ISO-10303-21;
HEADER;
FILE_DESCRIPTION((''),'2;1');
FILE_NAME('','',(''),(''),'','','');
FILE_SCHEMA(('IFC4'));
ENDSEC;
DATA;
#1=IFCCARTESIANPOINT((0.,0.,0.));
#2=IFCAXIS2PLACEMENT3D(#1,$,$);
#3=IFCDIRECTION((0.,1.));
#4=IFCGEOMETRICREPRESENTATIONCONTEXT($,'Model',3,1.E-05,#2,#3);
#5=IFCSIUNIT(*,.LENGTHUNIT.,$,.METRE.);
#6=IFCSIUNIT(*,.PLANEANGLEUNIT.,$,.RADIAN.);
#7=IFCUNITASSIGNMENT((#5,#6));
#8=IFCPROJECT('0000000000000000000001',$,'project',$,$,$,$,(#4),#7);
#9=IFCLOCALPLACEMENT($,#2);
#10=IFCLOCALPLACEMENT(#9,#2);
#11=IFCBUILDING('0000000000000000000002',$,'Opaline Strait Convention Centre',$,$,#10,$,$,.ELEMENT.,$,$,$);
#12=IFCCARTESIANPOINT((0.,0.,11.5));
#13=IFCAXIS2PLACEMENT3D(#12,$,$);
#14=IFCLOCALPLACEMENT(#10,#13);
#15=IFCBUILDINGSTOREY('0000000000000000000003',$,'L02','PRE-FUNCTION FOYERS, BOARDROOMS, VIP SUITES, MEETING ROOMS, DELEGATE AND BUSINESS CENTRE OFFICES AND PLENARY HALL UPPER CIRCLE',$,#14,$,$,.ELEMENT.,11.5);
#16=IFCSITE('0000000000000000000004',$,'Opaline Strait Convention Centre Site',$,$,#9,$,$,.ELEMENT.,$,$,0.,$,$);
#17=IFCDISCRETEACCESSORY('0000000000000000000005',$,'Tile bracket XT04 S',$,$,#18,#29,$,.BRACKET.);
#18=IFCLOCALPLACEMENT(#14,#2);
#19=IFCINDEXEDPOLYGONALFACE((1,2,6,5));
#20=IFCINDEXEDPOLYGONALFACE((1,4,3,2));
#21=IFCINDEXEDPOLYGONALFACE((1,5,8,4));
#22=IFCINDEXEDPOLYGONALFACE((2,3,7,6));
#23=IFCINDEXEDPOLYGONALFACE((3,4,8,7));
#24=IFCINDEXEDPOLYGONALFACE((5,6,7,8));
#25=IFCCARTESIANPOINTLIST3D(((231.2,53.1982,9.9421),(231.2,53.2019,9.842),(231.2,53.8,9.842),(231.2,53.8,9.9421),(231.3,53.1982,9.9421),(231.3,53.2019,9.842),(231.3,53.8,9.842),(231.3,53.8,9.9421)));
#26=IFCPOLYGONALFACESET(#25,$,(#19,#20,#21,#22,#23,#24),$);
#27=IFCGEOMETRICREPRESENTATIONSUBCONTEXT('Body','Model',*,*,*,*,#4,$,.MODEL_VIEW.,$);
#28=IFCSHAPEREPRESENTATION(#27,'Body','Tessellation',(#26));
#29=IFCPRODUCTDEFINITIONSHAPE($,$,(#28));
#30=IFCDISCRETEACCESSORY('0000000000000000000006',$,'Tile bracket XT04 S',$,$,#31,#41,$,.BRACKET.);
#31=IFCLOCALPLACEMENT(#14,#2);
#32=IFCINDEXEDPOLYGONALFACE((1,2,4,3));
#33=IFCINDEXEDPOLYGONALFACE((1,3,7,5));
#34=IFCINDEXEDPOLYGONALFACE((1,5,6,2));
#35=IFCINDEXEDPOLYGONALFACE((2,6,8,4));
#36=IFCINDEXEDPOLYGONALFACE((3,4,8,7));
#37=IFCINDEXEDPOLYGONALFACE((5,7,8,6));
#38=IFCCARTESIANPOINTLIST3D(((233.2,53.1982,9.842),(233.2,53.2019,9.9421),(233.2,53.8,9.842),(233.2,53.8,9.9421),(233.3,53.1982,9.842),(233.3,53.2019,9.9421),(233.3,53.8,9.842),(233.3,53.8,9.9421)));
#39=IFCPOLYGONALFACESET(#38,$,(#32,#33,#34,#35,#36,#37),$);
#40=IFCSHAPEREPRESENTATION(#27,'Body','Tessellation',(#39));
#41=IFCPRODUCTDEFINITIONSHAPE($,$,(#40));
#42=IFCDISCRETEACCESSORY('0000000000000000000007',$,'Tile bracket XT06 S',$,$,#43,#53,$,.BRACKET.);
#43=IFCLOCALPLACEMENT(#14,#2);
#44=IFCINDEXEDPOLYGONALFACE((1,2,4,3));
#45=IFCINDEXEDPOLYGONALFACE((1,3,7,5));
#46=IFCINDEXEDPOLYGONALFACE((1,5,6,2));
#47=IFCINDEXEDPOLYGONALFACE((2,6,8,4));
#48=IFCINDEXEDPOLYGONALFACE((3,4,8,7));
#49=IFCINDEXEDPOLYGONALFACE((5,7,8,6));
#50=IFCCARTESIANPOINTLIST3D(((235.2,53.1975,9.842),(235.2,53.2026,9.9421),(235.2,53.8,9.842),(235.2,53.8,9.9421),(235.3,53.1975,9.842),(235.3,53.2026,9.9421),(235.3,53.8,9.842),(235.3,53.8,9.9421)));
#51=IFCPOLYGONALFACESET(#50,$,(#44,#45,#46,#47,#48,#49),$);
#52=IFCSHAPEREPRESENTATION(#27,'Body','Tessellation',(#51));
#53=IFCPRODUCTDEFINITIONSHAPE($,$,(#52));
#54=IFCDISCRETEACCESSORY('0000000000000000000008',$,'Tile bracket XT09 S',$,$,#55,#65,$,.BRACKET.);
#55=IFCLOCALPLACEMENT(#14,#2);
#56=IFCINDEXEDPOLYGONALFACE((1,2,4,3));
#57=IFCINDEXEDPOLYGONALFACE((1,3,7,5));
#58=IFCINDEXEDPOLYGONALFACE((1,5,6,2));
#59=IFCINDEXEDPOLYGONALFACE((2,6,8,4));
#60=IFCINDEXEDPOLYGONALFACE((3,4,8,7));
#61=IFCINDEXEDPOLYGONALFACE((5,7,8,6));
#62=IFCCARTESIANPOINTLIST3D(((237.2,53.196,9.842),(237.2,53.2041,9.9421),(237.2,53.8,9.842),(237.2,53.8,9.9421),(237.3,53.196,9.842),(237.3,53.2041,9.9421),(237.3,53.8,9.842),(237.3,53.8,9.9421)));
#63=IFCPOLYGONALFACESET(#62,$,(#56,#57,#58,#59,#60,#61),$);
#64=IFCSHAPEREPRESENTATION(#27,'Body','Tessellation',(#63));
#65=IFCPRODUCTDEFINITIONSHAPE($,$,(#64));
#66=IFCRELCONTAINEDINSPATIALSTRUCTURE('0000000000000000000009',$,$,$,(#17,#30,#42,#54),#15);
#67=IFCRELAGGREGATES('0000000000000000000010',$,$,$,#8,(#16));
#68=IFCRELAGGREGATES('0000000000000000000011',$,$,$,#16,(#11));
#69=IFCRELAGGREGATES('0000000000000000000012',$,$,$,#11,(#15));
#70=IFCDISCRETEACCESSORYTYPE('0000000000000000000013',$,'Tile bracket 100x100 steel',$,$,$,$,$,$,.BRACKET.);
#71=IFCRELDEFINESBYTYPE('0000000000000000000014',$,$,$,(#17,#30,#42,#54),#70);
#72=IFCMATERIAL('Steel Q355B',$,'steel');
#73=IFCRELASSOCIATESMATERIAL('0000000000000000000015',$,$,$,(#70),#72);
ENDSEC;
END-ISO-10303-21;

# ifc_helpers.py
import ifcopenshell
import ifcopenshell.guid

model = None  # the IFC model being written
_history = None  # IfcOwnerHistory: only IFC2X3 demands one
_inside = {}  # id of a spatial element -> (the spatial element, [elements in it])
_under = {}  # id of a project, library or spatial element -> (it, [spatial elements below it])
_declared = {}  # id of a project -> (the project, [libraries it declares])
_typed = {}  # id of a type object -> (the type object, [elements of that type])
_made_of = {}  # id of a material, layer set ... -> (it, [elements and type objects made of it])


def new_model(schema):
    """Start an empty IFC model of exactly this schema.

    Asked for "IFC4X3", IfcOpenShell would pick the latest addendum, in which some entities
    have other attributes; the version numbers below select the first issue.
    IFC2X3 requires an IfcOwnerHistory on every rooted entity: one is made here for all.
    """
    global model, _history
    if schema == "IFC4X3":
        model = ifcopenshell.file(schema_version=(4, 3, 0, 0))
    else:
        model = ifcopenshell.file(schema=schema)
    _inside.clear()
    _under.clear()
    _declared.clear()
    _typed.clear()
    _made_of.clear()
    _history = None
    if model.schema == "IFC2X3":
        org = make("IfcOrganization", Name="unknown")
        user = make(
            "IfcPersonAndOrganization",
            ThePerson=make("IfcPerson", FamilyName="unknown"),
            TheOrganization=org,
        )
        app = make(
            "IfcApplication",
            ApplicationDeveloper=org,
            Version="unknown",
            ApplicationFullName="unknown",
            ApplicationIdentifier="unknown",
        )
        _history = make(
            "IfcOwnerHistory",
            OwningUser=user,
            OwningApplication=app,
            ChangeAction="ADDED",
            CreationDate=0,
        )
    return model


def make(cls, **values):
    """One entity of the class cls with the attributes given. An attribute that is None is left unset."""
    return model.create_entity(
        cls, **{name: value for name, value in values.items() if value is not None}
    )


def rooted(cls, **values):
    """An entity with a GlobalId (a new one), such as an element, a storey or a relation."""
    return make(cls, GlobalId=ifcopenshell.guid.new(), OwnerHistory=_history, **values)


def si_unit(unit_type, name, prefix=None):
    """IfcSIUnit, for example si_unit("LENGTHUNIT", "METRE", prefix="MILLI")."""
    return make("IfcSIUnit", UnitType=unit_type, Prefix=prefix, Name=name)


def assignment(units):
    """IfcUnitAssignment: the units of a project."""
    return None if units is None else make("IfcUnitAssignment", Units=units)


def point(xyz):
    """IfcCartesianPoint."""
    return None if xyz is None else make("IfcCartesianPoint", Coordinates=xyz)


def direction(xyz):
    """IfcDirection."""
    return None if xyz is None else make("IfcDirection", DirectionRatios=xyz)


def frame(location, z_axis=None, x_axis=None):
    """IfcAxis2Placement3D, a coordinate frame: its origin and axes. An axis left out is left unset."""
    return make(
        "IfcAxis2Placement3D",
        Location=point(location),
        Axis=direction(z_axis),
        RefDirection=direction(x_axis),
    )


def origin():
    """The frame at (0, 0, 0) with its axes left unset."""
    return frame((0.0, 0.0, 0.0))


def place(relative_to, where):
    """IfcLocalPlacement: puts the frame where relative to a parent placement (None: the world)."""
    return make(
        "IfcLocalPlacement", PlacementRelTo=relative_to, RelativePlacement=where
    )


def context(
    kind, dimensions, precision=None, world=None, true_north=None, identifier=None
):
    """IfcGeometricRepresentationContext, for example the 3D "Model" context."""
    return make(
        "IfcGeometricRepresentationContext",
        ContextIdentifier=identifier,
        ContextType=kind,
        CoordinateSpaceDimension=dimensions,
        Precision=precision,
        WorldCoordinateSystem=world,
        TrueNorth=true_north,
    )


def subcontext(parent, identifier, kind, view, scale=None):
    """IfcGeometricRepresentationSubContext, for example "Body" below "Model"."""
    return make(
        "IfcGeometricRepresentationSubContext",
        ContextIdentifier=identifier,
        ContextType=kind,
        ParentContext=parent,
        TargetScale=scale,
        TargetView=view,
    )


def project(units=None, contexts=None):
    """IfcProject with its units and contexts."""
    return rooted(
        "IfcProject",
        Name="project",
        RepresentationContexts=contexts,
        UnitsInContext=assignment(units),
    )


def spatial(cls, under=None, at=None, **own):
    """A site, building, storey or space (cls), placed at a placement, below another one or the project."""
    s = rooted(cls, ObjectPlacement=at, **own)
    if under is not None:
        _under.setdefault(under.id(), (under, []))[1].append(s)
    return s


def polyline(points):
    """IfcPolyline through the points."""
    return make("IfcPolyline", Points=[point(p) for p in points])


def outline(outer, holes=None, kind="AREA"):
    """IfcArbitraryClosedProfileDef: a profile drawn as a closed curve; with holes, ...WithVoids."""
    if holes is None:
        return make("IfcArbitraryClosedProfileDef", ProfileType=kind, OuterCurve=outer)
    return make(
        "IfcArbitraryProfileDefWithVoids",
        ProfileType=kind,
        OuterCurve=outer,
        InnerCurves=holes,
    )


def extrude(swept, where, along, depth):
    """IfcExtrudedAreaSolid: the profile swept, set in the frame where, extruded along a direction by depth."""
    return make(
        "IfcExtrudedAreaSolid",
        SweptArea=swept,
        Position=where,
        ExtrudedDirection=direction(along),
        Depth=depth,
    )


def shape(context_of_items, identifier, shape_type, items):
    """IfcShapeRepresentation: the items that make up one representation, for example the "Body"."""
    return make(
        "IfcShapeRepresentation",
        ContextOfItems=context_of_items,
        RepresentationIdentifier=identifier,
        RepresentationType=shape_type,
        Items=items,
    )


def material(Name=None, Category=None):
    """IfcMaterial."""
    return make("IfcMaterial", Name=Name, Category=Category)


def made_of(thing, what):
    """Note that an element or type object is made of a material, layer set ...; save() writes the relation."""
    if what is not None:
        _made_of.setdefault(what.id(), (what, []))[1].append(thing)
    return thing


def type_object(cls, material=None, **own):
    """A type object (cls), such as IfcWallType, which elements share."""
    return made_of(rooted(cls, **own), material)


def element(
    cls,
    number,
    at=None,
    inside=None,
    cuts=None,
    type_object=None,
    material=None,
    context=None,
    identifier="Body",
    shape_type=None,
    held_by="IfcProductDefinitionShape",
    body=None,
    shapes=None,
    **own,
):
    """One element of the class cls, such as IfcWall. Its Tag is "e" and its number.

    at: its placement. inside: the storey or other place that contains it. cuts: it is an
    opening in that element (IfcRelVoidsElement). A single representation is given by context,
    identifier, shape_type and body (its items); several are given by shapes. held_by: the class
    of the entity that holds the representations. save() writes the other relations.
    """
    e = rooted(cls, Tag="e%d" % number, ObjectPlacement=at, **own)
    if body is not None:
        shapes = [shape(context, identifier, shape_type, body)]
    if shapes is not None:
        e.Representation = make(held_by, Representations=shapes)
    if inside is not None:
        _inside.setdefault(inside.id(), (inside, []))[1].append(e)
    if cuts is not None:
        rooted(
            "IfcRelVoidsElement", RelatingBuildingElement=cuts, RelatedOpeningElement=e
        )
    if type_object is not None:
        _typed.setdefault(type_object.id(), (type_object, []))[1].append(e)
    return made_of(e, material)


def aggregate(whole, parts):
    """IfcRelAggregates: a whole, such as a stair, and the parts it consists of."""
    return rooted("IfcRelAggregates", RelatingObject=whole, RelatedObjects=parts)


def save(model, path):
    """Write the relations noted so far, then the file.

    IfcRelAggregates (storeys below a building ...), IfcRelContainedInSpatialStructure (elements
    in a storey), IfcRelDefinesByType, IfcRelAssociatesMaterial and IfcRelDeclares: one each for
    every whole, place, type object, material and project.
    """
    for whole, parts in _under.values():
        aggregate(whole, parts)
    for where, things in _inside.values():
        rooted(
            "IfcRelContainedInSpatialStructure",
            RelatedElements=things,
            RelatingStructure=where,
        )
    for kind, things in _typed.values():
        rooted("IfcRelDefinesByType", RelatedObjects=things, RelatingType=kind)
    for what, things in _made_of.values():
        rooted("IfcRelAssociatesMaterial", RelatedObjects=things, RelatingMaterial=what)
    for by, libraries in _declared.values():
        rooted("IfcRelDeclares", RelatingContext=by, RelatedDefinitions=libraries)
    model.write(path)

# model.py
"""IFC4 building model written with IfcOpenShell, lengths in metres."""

from ifc_helpers import new_model, si_unit, direction, frame, origin, place, context, subcontext, project, spatial, polyline, outline, extrude, material, type_object, element, save


model = new_model("IFC4")

# Units and contexts
model_context = context("Model", 3, precision=1e-05, world=origin(), true_north=direction((0.0, 1.0)))
body_context = subcontext(model_context, "Body", "Model", "MODEL_VIEW")
ifc_project = project(units=[si_unit("LENGTHUNIT", "METRE"), si_unit("PLANEANGLEUNIT", "RADIAN")], contexts=[model_context])

# Site, building, storey
site_placement = place(None, origin())
site = spatial("IfcSite", under=ifc_project, at=site_placement, Name="Opaline Strait Convention Centre Site", CompositionType="ELEMENT", RefElevation=0.0)
building_placement = place(site_placement, origin())
building = spatial("IfcBuilding", under=site, at=building_placement, Name="Opaline Strait Convention Centre", CompositionType="ELEMENT")
storey_placement = place(building_placement, frame((0.0, 0.0, 11.5)))
storey = spatial("IfcBuildingStorey", under=building, at=storey_placement, Name="L02", Description="PRE-FUNCTION FOYERS, BOARDROOMS, VIP SUITES, MEETING ROOMS, DELEGATE AND BUSINESS CENTRE OFFICES AND PLENARY HALL UPPER CIRCLE", CompositionType="ELEMENT", Elevation=11.5)

# Shared definitions
ifc_material_1 = material(Name="Steel Q355B", Category="steel")

# Discrete accessories
discrete_accessory_type = type_object("IfcDiscreteAccessoryType", Name="Tile bracket 100x100 steel", PredefinedType="BRACKET", material=ifc_material_1)
discrete_accessory_1_placement = place(storey_placement, frame((231.2, 53.8, 9.8921), z_axis=(1.0, 0.0, 0.0), x_axis=(0.0, 1.0, 0.0)))
element("IfcDiscreteAccessory", 1, at=discrete_accessory_1_placement, inside=storey, type_object=discrete_accessory_type, Name="Tile bracket XT04 S", PredefinedType="BRACKET", context=body_context, shape_type="SweptSolid", body=[
    extrude(outline(polyline([(0.0, -0.05), (0.0, 0.05), (-0.6018, 0.05), (-0.5981, -0.05), (0.0, -0.05)])), origin(), (0.0, 0.0, 1.0), 0.1001),
])
discrete_accessory_2_placement = place(storey_placement, frame((233.2, 53.8, 9.8921), z_axis=(1.0, 0.0, 0.0), x_axis=(0.0, 1.0, 0.0)))
element("IfcDiscreteAccessory", 2, at=discrete_accessory_2_placement, inside=storey, type_object=discrete_accessory_type, Name="Tile bracket XT04 S", PredefinedType="BRACKET", context=body_context, shape_type="SweptSolid", body=[
    extrude(outline(polyline([(0.0, -0.05), (0.0, 0.05), (-0.5981, 0.05), (-0.6018, -0.05), (0.0, -0.05)])), origin(), (0.0, 0.0, 1.0), 0.1001),
])
discrete_accessory_3_placement = place(storey_placement, frame((235.2, 53.8, 9.8921), z_axis=(1.0, 0.0, 0.0), x_axis=(0.0, 1.0, 0.0)))
element("IfcDiscreteAccessory", 3, at=discrete_accessory_3_placement, inside=storey, type_object=discrete_accessory_type, Name="Tile bracket XT06 S", PredefinedType="BRACKET", context=body_context, shape_type="SweptSolid", body=[
    extrude(outline(polyline([(0.0, -0.05), (0.0, 0.05), (-0.5974, 0.05), (-0.6025, -0.05), (0.0, -0.05)])), origin(), (0.0, 0.0, 1.0), 0.1001),
])
discrete_accessory_4_placement = place(storey_placement, frame((237.2, 53.8, 9.8921), z_axis=(1.0, 0.0, 0.0), x_axis=(0.0, 1.0, 0.0)))
element("IfcDiscreteAccessory", 4, at=discrete_accessory_4_placement, inside=storey, type_object=discrete_accessory_type, Name="Tile bracket XT09 S", PredefinedType="BRACKET", context=body_context, shape_type="SweptSolid", body=[
    extrude(outline(polyline([(0.0, -0.05), (0.0, 0.05), (-0.5959, 0.05), (-0.604, -0.05), (0.0, -0.05)])), origin(), (0.0, 0.0, 1.0), 0.1001),
])

save(model, "model.ifc")
